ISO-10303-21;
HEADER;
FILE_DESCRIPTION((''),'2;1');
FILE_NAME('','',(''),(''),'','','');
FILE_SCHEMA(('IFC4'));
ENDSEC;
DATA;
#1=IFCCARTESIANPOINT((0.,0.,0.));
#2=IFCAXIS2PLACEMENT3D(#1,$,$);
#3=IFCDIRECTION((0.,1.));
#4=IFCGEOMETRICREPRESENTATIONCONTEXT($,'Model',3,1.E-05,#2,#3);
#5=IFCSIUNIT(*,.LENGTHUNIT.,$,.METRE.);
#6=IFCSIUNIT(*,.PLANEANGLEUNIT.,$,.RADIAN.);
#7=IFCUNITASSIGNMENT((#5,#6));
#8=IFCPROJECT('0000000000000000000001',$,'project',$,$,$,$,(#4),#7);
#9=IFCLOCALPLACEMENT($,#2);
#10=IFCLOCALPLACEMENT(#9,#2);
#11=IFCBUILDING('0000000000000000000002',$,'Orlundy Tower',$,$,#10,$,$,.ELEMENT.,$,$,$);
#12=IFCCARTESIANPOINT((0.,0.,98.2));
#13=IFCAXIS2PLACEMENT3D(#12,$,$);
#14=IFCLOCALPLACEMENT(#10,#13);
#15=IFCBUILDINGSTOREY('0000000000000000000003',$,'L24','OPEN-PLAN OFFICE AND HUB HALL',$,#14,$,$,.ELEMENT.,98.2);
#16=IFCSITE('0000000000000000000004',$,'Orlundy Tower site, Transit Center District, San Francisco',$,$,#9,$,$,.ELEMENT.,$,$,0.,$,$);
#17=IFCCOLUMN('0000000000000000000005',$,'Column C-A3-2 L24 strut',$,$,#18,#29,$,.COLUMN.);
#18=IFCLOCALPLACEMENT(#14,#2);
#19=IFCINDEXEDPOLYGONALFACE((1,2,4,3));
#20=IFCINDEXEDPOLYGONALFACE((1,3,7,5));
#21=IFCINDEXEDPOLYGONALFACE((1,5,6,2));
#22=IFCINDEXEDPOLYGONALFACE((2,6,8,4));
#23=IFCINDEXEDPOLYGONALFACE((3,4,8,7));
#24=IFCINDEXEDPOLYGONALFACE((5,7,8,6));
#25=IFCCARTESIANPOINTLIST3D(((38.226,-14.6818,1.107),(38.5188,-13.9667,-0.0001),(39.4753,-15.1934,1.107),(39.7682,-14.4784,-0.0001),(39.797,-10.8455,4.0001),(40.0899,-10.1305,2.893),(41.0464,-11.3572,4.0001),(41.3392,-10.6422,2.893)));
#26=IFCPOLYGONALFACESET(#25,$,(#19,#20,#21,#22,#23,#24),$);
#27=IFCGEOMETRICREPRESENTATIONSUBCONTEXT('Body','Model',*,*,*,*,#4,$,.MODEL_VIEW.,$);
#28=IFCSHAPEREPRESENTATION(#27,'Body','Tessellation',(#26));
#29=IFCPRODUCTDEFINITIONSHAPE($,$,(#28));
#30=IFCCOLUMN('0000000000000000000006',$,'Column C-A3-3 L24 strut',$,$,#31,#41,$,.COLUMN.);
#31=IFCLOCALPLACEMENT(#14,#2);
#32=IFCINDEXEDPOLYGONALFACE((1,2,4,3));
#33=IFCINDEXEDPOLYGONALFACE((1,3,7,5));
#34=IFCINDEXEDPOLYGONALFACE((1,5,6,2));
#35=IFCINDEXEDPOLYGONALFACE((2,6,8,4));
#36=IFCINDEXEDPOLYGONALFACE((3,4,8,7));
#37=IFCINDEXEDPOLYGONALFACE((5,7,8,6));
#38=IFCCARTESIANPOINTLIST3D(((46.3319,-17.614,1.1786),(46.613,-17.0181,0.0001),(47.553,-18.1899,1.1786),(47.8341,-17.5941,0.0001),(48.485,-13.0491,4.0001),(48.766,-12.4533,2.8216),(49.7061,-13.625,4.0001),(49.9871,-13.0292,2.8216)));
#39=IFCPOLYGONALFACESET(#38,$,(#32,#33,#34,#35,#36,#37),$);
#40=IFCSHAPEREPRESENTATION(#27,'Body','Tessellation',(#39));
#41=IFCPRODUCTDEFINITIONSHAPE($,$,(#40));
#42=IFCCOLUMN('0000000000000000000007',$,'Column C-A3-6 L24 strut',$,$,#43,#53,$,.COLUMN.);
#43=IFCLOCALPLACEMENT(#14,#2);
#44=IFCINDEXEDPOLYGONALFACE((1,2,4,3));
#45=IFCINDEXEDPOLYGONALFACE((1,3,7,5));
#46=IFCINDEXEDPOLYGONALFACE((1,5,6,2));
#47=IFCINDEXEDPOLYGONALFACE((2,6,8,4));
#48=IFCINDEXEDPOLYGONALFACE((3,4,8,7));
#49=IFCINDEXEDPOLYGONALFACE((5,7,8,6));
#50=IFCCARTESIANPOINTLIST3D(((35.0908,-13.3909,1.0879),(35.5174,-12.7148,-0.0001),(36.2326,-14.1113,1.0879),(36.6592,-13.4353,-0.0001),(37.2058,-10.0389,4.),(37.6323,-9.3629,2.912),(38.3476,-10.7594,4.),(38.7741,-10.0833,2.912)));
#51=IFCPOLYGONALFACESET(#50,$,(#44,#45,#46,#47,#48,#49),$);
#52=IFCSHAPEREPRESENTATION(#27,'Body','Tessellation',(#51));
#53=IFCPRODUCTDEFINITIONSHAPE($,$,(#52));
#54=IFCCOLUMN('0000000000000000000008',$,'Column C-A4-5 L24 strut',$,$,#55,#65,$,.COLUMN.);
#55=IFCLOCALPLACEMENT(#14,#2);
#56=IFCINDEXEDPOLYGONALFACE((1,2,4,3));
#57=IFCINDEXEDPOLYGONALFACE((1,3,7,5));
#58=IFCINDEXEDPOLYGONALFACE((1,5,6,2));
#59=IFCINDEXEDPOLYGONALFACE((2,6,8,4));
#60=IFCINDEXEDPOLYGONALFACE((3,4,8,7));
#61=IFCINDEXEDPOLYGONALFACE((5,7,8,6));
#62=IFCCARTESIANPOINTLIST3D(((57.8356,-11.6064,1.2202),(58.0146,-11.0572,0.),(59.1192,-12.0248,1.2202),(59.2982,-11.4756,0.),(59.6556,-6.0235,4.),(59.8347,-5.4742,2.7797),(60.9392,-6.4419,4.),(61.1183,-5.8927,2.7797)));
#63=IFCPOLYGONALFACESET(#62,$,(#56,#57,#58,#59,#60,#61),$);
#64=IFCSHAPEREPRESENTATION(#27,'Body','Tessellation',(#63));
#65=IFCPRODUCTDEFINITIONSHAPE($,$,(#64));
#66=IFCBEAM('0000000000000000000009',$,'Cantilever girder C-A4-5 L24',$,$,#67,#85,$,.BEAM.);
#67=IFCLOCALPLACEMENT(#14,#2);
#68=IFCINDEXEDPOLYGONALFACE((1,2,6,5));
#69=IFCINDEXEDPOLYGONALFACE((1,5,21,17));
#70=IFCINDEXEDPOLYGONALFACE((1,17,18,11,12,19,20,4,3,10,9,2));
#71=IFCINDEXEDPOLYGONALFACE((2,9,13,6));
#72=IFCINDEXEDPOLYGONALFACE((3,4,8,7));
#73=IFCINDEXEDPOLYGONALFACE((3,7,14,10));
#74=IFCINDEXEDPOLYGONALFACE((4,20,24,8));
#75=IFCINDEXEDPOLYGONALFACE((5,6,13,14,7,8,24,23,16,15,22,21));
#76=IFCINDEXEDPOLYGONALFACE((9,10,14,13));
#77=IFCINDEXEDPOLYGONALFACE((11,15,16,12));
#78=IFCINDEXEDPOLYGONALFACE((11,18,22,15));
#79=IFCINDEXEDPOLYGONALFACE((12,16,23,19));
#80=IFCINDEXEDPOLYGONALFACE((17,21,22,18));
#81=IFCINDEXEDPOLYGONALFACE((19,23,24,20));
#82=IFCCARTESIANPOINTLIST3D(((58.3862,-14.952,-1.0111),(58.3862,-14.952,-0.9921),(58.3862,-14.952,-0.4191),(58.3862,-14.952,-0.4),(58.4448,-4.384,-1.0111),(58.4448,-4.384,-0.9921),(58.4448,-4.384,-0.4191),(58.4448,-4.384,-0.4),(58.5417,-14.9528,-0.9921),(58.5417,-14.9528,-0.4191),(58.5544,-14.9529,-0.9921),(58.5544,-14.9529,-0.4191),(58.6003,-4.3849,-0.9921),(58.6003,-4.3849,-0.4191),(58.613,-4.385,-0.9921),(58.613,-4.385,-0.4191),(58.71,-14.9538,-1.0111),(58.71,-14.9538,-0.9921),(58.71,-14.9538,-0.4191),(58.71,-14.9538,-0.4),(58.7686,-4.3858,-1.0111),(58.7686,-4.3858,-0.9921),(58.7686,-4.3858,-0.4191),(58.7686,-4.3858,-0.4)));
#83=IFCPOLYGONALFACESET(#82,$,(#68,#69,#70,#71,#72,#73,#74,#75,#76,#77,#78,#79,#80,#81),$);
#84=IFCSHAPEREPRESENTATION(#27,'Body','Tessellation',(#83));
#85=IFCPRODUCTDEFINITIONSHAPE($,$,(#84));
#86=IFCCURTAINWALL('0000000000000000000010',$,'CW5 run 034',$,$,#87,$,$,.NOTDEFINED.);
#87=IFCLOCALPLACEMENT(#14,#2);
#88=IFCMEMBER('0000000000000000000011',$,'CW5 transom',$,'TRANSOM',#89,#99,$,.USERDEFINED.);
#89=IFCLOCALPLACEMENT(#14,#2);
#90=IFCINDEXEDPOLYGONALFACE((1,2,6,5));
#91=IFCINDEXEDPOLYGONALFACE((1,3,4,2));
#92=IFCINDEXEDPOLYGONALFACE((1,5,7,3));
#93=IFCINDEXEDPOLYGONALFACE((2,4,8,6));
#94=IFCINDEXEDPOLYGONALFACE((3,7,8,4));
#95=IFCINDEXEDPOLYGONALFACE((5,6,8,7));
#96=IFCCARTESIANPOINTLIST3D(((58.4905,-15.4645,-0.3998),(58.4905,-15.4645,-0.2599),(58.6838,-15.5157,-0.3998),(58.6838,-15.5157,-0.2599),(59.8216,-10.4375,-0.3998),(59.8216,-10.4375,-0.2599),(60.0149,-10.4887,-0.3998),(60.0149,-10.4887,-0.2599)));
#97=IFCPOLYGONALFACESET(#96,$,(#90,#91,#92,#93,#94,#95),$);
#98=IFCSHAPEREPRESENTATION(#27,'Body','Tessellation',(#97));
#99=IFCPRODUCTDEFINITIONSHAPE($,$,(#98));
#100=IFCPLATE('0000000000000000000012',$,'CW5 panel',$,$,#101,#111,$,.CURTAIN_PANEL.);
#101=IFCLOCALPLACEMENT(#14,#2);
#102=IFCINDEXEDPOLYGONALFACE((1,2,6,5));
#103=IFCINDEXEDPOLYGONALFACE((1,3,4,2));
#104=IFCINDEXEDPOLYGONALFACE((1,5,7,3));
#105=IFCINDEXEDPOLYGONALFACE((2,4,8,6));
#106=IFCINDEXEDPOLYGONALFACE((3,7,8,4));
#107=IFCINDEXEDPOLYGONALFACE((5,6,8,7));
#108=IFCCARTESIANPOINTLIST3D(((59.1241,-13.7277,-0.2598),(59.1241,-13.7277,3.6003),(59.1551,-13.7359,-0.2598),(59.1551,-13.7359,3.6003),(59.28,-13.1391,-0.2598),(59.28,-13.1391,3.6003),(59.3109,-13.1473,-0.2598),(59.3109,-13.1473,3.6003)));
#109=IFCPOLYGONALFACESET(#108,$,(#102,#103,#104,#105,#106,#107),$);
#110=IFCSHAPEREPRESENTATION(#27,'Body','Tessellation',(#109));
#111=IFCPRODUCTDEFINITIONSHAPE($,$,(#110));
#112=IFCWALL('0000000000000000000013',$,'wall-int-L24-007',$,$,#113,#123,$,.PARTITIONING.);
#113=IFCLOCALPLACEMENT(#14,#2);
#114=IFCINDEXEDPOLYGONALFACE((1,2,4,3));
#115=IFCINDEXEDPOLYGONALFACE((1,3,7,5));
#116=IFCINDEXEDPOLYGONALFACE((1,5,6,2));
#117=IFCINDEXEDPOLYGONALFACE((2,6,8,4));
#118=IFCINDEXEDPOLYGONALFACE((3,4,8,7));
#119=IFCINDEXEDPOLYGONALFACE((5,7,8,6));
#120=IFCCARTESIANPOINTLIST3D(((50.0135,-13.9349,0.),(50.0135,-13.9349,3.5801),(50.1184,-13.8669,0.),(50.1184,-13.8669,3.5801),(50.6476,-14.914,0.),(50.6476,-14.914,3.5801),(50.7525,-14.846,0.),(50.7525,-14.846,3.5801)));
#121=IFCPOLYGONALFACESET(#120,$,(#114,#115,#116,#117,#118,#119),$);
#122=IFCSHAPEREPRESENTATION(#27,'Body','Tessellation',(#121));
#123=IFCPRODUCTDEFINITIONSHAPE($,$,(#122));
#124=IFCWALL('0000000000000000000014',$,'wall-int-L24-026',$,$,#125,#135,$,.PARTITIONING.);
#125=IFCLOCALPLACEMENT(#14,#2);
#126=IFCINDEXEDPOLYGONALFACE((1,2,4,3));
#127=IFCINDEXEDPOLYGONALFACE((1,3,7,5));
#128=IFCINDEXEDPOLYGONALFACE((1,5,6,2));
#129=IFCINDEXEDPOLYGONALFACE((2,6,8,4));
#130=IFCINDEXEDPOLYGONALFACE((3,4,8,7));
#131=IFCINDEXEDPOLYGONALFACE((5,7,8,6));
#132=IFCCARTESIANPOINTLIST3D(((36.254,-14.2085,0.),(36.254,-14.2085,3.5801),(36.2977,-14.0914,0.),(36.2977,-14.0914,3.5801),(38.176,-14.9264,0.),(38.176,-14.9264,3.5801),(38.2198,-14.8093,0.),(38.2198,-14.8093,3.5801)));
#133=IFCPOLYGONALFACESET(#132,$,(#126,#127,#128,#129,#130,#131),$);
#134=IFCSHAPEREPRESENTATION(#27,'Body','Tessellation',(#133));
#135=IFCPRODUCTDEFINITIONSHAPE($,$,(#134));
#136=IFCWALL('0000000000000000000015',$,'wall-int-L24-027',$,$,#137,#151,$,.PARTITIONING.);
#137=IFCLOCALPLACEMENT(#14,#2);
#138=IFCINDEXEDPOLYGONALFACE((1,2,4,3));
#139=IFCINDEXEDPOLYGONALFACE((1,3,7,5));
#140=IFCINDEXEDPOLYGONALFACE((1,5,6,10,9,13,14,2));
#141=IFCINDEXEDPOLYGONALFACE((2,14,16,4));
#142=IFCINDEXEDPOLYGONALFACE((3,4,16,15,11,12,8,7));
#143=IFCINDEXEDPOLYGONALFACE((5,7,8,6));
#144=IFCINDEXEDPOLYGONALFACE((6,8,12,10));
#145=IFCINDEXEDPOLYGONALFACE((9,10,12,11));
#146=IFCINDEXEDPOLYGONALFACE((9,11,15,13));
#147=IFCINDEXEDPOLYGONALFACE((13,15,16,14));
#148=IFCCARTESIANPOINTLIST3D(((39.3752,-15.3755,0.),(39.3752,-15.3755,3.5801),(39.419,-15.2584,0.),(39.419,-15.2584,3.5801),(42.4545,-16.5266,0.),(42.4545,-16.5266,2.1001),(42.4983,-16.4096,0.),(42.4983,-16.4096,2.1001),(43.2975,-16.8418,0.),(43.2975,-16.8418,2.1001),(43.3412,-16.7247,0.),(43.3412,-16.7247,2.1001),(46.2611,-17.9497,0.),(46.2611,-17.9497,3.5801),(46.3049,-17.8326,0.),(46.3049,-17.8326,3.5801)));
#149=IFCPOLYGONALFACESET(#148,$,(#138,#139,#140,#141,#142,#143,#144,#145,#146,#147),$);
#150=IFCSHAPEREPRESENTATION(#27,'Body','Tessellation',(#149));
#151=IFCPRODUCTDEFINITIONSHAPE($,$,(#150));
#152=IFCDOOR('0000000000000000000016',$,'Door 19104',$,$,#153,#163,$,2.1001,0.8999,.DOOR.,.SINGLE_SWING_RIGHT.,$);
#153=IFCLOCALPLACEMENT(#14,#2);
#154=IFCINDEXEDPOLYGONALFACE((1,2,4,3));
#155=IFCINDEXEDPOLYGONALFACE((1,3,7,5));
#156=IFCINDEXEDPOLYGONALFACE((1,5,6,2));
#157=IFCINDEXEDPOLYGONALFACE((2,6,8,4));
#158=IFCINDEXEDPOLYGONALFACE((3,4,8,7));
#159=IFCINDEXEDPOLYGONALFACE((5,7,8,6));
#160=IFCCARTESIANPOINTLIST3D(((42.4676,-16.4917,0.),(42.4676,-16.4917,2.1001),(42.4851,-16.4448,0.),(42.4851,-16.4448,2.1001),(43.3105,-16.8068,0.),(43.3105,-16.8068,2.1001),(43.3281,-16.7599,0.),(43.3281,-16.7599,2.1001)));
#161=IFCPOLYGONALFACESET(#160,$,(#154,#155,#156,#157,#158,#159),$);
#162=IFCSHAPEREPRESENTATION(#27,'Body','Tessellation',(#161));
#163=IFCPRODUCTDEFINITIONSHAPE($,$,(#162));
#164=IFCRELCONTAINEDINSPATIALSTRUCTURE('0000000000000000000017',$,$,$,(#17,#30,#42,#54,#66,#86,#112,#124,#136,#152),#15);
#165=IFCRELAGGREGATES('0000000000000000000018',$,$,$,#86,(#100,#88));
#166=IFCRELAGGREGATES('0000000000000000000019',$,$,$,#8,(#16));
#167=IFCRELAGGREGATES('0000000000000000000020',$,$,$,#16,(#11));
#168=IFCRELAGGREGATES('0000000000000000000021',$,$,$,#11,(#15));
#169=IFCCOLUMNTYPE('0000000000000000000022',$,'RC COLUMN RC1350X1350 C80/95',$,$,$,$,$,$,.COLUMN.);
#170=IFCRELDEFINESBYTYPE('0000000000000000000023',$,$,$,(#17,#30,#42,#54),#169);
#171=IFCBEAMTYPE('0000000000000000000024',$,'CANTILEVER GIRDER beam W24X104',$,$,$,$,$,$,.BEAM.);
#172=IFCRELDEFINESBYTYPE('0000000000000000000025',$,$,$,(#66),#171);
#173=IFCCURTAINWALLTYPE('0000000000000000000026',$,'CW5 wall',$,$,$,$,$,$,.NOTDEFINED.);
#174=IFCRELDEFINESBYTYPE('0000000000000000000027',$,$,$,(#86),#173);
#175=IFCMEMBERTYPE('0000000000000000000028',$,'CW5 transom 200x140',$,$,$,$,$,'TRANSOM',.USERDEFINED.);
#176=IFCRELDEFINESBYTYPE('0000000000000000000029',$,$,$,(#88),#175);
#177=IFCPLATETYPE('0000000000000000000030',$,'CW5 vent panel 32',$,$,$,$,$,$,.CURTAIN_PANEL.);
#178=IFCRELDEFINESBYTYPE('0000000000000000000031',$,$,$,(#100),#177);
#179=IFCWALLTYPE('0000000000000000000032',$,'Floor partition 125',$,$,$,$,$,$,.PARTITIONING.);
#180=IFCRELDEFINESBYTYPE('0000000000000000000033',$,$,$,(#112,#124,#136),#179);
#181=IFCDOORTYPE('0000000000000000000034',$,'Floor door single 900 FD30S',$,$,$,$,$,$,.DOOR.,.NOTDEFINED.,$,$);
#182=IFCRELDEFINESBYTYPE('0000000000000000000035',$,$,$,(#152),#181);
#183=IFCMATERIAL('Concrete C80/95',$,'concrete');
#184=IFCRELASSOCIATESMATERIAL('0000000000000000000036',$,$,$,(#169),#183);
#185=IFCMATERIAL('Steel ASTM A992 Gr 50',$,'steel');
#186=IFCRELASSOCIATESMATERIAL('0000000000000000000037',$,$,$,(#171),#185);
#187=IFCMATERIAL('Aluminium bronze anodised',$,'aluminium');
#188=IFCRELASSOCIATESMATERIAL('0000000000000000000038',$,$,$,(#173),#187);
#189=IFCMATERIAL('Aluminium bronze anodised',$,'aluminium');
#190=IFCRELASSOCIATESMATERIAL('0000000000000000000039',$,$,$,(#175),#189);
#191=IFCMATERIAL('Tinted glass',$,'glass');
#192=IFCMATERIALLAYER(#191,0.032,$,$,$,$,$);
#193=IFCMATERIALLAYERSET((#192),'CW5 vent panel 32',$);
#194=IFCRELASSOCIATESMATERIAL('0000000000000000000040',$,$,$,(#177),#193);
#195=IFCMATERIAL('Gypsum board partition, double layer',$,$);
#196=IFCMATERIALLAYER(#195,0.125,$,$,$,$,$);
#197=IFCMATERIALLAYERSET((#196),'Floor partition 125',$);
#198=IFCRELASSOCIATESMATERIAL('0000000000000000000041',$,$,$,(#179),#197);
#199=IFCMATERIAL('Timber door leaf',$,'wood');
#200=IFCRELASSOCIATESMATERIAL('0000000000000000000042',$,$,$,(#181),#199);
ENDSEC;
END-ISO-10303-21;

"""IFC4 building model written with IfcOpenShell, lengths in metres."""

from ifc_helpers import new_model, si_unit, direction, frame, frame_2d, origin, origin_2d, place, context, subcontext, project, spatial, rectangle, i_section, extrude, material, layer, layer_set, material_profile, profile_set, type_object, element, fill, aggregate, save


model = new_model("IFC4")

# Units and contexts
model_context = context("Model", 3, precision=1e-05, world=origin(), true_north=direction((0.0, 1.0)))
body_context = subcontext(model_context, "Body", "Model", "MODEL_VIEW")
ifc_project = project(units=[si_unit("LENGTHUNIT", "METRE"), si_unit("PLANEANGLEUNIT", "RADIAN")], contexts=[model_context])

# Site, building, storey
site_placement = place(None, origin())
site = spatial("IfcSite", under=ifc_project, at=site_placement, Name="Orlundy Tower site, Transit Center District, San Francisco", CompositionType="ELEMENT", RefElevation=0.0)
building_placement = place(site_placement, origin())
building = spatial("IfcBuilding", under=site, at=building_placement, Name="Orlundy Tower", CompositionType="ELEMENT")
storey_placement = place(building_placement, frame((0.0, 0.0, 98.2)))
storey = spatial("IfcBuildingStorey", under=building, at=storey_placement, Name="L24", Description="OPEN-PLAN OFFICE AND HUB HALL", CompositionType="ELEMENT", Elevation=98.2)

# Columns
ifc_material_1 = material(Name="Concrete C80/95", Category="concrete")
ifc_material_profile_1 = material_profile(ifc_material_1, rectangle(XDim=1.3501, YDim=1.3501, at=origin_2d()), Name="RC1350X1350")
ifc_profile_set_1 = profile_set([ifc_material_profile_1], Name="Concrete C80/95")
column_type = type_object("IfcColumnType", Name="RC COLUMN RC1350X1350 C80/95", PredefinedType="COLUMN", material=ifc_profile_set_1)
column_1_placement = place(storey_placement, frame((38.9971, -14.5801, 0.5535), z_axis=(0.310783, 0.75887, 0.572303), x_axis=(-0.925403, 0.378984, 0.0)))
element("IfcColumn", 1, at=column_1_placement, inside=storey, type_object=column_type, Name="Column C-A3-2 L24 strut", PredefinedType="COLUMN", context=body_context, shape_type="SweptSolid", body=[
    extrude(rectangle(XDim=1.3501, YDim=1.3501, at=origin_2d()), origin(), (0.0, 0.0, 1.0), 5.0552),
])
column_2_placement = place(storey_placement, frame((47.083, -17.604, 0.5894), z_axis=(0.372354, 0.789462, 0.487957), x_axis=(-0.904447, 0.426587, 0.0)))
element("IfcColumn", 2, at=column_2_placement, inside=storey, type_object=column_type, Name="Column C-A3-3 L24 strut", PredefinedType="COLUMN", context=body_context, shape_type="SweptSolid", body=[
    extrude(rectangle(XDim=1.3501, YDim=1.3501, at=origin_2d()), origin(), (0.0, 0.0, 1.0), 5.7822),
])
column_3_placement = place(storey_placement, frame((35.875, -13.4131, 0.5439), z_axis=(0.430023, 0.681545, 0.592095), x_axis=(-0.845727, 0.533615, 0.0)))
element("IfcColumn", 3, at=column_3_placement, inside=storey, type_object=column_type, Name="Column C-A3-6 L24 strut", PredefinedType="COLUMN", context=body_context, shape_type="SweptSolid", body=[
    extrude(rectangle(XDim=1.3501, YDim=1.3501, at=origin_2d()), origin(), (0.0, 0.0, 1.0), 4.9182),
])
column_4_placement = place(storey_placement, frame((58.5669, -11.541, 0.6101), z_axis=(0.280144, 0.859333, 0.427863), x_axis=(-0.950754, 0.309947, 0.0)))
element("IfcColumn", 4, at=column_4_placement, inside=storey, type_object=column_type, Name="Column C-A4-5 L24 strut", PredefinedType="COLUMN", context=body_context, shape_type="SweptSolid", body=[
    extrude(rectangle(XDim=1.3501, YDim=1.3501, at=origin_2d()), origin(), (0.0, 0.0, 1.0), 6.4968),
])

# Beam
ifc_material_2 = material(Name="Steel ASTM A992 Gr 50", Category="steel")
ifc_material_profile_2 = material_profile(ifc_material_2, i_section(OverallWidth=0.3237, OverallDepth=0.6111, WebThickness=0.0127, FlangeThickness=0.019, at=origin_2d()), Name="W24X104")
ifc_profile_set_2 = profile_set([ifc_material_profile_2], Name="Steel ASTM A992 Gr 50")
beam_type = type_object("IfcBeamType", Name="CANTILEVER GIRDER beam W24X104", PredefinedType="BEAM", material=ifc_profile_set_2)
beam_placement = place(storey_placement, frame((58.5481, -14.9529, -0.7056), z_axis=(0.005544, 0.999985, 0.0), x_axis=(-0.999985, 0.005544, 0.0)))
element("IfcBeam", 5, at=beam_placement, inside=storey, type_object=beam_type, Name="Cantilever girder C-A4-5 L24", PredefinedType="BEAM", context=body_context, shape_type="SweptSolid", body=[
    extrude(i_section(OverallWidth=0.3237, OverallDepth=0.6111, WebThickness=0.0127, FlangeThickness=0.019, at=origin_2d()), origin(), (0.0, 0.0, 1.0), 10.5681),
])

# Curtain wall, member, plate
ifc_material_3 = material(Name="Aluminium bronze anodised", Category="aluminium")
curtain_wall_type = type_object("IfcCurtainWallType", Name="CW5 wall", PredefinedType="NOTDEFINED", material=ifc_material_3)
curtain_wall_placement = place(storey_placement, origin())
curtain_wall = element("IfcCurtainWall", 6, at=curtain_wall_placement, inside=storey, type_object=curtain_wall_type, Name="CW5 run 034", PredefinedType="NOTDEFINED")
ifc_material_4 = material(Name="Aluminium bronze anodised", Category="aluminium")
ifc_material_profile_3 = material_profile(ifc_material_4, rectangle(XDim=0.2, YDim=0.1399, at=origin_2d()), Name="CW5 transom 200x140")
ifc_profile_set_3 = profile_set([ifc_material_profile_3], Name="Aluminium bronze anodised")
member_type = type_object("IfcMemberType", Name="CW5 transom 200x140", ElementType="TRANSOM", PredefinedType="USERDEFINED", material=ifc_profile_set_3)
member_placement = place(storey_placement, frame((59.9182, -10.4631, -0.3298), z_axis=(-0.255967, -0.966685, 0.0), x_axis=(0.966685, -0.255967, 0.0)))
member = element("IfcMember", 7, at=member_placement, type_object=member_type, Name="CW5 transom", ObjectType="TRANSOM", PredefinedType="USERDEFINED", context=body_context, shape_type="SweptSolid", body=[
    extrude(rectangle(XDim=0.2, YDim=0.1399, at=origin_2d()), origin(), (0.0, 0.0, 1.0), 5.2002),
])
ifc_material_5 = material(Name="Tinted glass", Category="glass")
ifc_layer_1 = layer(ifc_material_5, 0.032)
ifc_layer_set_1 = layer_set([ifc_layer_1], Name="CW5 vent panel 32")
plate_type = type_object("IfcPlateType", Name="CW5 vent panel 32", PredefinedType="CURTAIN_PANEL", material=ifc_layer_set_1)
plate_placement = place(storey_placement, frame((59.2175, -13.4375, -0.2598), z_axis=(0.0, 0.0, 1.0), x_axis=(-0.255991, -0.966679, 0.0)))
plate = element("IfcPlate", 8, at=plate_placement, type_object=plate_type, Name="CW5 panel", PredefinedType="CURTAIN_PANEL", context=body_context, shape_type="SweptSolid", body=[
    extrude(rectangle(XDim=0.6089, YDim=0.032, at=origin_2d()), origin(), (0.0, 0.0, 1.0), 3.8601),
])
aggregate(curtain_wall, [plate, member])

# Walls
ifc_material_6 = material(Name="Gypsum board partition, double layer")
ifc_layer_2 = layer(ifc_material_6, 0.125)
ifc_layer_set_2 = layer_set([ifc_layer_2], Name="Floor partition 125")
wall_type = type_object("IfcWallType", Name="Floor partition 125", PredefinedType="PARTITIONING", material=ifc_layer_set_2)
wall_1_placement = place(storey_placement, frame((50.0659, -13.9009, 0.0), z_axis=(0.0, 0.0, 1.0), x_axis=(0.54359, -0.839351, 0.0)))
element("IfcWall", 9, at=wall_1_placement, inside=storey, type_object=wall_type, Name="wall-int-L24-007", PredefinedType="PARTITIONING", context=body_context, shape_type="SweptSolid", body=[
    extrude(rectangle(XDim=1.1665, YDim=0.125, at=frame_2d((0.5833, 0.0))), origin(), (0.0, 0.0, 1.0), 3.5801),
])
wall_2_placement = place(storey_placement, frame((36.2759, -14.1499, 0.0), z_axis=(0.0, 0.0, 1.0), x_axis=(0.936773, -0.349937, 0.0)))
element("IfcWall", 10, at=wall_2_placement, inside=storey, type_object=wall_type, Name="wall-int-L24-026", PredefinedType="PARTITIONING", context=body_context, shape_type="SweptSolid", body=[
    extrude(rectangle(XDim=2.0518, YDim=0.125, at=frame_2d((1.0259, 0.0))), origin(), (0.0, 0.0, 1.0), 3.5801),
])

# Wall, opening, door
wall_3_placement = place(storey_placement, frame((39.397, -15.3169, 0.0), z_axis=(0.0, 0.0, 1.0), x_axis=(0.936688, -0.350166, 0.0)))
wall_3 = element("IfcWall", 11, at=wall_3_placement, inside=storey, type_object=wall_type, Name="wall-int-L24-027", PredefinedType="PARTITIONING", context=body_context, shape_type="SweptSolid", body=[
    extrude(rectangle(XDim=7.3513, YDim=0.125, at=frame_2d((3.6758, 0.0))), origin(), (0.0, 0.0, 1.0), 3.5801),
])
opening_1_placement = place(wall_3_placement, frame((3.2876, 0.0, 0.0)))
opening_1 = element("IfcOpeningElement", 12, at=opening_1_placement, cuts=wall_3, PredefinedType="OPENING", context=body_context, shape_type="SweptSolid", body=[
    extrude(rectangle(XDim=0.8999, YDim=2.1001, at=frame_2d((0.45, 1.05))), frame((0.0, 0.0725, 0.0), z_axis=(0.0, -1.0, 0.0), x_axis=(1.0, 0.0, 0.0)), (0.0, 0.0, 1.0), 0.145),
])
ifc_material_7 = material(Name="Timber door leaf", Category="wood")
door_type_1 = type_object("IfcDoorType", Name="Floor door single 900 FD30S", OperationType="NOTDEFINED", PredefinedType="DOOR", material=ifc_material_7)
door_1_placement = place(opening_1_placement, origin())
door_1 = element("IfcDoor", 13, at=door_1_placement, inside=storey, type_object=door_type_1, Name="Door 19104", OperationType="SINGLE_SWING_RIGHT", OverallHeight=2.1001, OverallWidth=0.8999, PredefinedType="DOOR", context=body_context, shape_type="SweptSolid", body=[
    extrude(rectangle(XDim=0.8999, YDim=2.1001, at=frame_2d((0.45, 1.05))), frame((0.0, 0.0249, 0.0), z_axis=(0.0, -1.0, 0.0), x_axis=(1.0, 0.0, 0.0)), (0.0, 0.0, 1.0), 0.05),
])
fill(opening_1, door_1)

save(model, "model.ifc")
